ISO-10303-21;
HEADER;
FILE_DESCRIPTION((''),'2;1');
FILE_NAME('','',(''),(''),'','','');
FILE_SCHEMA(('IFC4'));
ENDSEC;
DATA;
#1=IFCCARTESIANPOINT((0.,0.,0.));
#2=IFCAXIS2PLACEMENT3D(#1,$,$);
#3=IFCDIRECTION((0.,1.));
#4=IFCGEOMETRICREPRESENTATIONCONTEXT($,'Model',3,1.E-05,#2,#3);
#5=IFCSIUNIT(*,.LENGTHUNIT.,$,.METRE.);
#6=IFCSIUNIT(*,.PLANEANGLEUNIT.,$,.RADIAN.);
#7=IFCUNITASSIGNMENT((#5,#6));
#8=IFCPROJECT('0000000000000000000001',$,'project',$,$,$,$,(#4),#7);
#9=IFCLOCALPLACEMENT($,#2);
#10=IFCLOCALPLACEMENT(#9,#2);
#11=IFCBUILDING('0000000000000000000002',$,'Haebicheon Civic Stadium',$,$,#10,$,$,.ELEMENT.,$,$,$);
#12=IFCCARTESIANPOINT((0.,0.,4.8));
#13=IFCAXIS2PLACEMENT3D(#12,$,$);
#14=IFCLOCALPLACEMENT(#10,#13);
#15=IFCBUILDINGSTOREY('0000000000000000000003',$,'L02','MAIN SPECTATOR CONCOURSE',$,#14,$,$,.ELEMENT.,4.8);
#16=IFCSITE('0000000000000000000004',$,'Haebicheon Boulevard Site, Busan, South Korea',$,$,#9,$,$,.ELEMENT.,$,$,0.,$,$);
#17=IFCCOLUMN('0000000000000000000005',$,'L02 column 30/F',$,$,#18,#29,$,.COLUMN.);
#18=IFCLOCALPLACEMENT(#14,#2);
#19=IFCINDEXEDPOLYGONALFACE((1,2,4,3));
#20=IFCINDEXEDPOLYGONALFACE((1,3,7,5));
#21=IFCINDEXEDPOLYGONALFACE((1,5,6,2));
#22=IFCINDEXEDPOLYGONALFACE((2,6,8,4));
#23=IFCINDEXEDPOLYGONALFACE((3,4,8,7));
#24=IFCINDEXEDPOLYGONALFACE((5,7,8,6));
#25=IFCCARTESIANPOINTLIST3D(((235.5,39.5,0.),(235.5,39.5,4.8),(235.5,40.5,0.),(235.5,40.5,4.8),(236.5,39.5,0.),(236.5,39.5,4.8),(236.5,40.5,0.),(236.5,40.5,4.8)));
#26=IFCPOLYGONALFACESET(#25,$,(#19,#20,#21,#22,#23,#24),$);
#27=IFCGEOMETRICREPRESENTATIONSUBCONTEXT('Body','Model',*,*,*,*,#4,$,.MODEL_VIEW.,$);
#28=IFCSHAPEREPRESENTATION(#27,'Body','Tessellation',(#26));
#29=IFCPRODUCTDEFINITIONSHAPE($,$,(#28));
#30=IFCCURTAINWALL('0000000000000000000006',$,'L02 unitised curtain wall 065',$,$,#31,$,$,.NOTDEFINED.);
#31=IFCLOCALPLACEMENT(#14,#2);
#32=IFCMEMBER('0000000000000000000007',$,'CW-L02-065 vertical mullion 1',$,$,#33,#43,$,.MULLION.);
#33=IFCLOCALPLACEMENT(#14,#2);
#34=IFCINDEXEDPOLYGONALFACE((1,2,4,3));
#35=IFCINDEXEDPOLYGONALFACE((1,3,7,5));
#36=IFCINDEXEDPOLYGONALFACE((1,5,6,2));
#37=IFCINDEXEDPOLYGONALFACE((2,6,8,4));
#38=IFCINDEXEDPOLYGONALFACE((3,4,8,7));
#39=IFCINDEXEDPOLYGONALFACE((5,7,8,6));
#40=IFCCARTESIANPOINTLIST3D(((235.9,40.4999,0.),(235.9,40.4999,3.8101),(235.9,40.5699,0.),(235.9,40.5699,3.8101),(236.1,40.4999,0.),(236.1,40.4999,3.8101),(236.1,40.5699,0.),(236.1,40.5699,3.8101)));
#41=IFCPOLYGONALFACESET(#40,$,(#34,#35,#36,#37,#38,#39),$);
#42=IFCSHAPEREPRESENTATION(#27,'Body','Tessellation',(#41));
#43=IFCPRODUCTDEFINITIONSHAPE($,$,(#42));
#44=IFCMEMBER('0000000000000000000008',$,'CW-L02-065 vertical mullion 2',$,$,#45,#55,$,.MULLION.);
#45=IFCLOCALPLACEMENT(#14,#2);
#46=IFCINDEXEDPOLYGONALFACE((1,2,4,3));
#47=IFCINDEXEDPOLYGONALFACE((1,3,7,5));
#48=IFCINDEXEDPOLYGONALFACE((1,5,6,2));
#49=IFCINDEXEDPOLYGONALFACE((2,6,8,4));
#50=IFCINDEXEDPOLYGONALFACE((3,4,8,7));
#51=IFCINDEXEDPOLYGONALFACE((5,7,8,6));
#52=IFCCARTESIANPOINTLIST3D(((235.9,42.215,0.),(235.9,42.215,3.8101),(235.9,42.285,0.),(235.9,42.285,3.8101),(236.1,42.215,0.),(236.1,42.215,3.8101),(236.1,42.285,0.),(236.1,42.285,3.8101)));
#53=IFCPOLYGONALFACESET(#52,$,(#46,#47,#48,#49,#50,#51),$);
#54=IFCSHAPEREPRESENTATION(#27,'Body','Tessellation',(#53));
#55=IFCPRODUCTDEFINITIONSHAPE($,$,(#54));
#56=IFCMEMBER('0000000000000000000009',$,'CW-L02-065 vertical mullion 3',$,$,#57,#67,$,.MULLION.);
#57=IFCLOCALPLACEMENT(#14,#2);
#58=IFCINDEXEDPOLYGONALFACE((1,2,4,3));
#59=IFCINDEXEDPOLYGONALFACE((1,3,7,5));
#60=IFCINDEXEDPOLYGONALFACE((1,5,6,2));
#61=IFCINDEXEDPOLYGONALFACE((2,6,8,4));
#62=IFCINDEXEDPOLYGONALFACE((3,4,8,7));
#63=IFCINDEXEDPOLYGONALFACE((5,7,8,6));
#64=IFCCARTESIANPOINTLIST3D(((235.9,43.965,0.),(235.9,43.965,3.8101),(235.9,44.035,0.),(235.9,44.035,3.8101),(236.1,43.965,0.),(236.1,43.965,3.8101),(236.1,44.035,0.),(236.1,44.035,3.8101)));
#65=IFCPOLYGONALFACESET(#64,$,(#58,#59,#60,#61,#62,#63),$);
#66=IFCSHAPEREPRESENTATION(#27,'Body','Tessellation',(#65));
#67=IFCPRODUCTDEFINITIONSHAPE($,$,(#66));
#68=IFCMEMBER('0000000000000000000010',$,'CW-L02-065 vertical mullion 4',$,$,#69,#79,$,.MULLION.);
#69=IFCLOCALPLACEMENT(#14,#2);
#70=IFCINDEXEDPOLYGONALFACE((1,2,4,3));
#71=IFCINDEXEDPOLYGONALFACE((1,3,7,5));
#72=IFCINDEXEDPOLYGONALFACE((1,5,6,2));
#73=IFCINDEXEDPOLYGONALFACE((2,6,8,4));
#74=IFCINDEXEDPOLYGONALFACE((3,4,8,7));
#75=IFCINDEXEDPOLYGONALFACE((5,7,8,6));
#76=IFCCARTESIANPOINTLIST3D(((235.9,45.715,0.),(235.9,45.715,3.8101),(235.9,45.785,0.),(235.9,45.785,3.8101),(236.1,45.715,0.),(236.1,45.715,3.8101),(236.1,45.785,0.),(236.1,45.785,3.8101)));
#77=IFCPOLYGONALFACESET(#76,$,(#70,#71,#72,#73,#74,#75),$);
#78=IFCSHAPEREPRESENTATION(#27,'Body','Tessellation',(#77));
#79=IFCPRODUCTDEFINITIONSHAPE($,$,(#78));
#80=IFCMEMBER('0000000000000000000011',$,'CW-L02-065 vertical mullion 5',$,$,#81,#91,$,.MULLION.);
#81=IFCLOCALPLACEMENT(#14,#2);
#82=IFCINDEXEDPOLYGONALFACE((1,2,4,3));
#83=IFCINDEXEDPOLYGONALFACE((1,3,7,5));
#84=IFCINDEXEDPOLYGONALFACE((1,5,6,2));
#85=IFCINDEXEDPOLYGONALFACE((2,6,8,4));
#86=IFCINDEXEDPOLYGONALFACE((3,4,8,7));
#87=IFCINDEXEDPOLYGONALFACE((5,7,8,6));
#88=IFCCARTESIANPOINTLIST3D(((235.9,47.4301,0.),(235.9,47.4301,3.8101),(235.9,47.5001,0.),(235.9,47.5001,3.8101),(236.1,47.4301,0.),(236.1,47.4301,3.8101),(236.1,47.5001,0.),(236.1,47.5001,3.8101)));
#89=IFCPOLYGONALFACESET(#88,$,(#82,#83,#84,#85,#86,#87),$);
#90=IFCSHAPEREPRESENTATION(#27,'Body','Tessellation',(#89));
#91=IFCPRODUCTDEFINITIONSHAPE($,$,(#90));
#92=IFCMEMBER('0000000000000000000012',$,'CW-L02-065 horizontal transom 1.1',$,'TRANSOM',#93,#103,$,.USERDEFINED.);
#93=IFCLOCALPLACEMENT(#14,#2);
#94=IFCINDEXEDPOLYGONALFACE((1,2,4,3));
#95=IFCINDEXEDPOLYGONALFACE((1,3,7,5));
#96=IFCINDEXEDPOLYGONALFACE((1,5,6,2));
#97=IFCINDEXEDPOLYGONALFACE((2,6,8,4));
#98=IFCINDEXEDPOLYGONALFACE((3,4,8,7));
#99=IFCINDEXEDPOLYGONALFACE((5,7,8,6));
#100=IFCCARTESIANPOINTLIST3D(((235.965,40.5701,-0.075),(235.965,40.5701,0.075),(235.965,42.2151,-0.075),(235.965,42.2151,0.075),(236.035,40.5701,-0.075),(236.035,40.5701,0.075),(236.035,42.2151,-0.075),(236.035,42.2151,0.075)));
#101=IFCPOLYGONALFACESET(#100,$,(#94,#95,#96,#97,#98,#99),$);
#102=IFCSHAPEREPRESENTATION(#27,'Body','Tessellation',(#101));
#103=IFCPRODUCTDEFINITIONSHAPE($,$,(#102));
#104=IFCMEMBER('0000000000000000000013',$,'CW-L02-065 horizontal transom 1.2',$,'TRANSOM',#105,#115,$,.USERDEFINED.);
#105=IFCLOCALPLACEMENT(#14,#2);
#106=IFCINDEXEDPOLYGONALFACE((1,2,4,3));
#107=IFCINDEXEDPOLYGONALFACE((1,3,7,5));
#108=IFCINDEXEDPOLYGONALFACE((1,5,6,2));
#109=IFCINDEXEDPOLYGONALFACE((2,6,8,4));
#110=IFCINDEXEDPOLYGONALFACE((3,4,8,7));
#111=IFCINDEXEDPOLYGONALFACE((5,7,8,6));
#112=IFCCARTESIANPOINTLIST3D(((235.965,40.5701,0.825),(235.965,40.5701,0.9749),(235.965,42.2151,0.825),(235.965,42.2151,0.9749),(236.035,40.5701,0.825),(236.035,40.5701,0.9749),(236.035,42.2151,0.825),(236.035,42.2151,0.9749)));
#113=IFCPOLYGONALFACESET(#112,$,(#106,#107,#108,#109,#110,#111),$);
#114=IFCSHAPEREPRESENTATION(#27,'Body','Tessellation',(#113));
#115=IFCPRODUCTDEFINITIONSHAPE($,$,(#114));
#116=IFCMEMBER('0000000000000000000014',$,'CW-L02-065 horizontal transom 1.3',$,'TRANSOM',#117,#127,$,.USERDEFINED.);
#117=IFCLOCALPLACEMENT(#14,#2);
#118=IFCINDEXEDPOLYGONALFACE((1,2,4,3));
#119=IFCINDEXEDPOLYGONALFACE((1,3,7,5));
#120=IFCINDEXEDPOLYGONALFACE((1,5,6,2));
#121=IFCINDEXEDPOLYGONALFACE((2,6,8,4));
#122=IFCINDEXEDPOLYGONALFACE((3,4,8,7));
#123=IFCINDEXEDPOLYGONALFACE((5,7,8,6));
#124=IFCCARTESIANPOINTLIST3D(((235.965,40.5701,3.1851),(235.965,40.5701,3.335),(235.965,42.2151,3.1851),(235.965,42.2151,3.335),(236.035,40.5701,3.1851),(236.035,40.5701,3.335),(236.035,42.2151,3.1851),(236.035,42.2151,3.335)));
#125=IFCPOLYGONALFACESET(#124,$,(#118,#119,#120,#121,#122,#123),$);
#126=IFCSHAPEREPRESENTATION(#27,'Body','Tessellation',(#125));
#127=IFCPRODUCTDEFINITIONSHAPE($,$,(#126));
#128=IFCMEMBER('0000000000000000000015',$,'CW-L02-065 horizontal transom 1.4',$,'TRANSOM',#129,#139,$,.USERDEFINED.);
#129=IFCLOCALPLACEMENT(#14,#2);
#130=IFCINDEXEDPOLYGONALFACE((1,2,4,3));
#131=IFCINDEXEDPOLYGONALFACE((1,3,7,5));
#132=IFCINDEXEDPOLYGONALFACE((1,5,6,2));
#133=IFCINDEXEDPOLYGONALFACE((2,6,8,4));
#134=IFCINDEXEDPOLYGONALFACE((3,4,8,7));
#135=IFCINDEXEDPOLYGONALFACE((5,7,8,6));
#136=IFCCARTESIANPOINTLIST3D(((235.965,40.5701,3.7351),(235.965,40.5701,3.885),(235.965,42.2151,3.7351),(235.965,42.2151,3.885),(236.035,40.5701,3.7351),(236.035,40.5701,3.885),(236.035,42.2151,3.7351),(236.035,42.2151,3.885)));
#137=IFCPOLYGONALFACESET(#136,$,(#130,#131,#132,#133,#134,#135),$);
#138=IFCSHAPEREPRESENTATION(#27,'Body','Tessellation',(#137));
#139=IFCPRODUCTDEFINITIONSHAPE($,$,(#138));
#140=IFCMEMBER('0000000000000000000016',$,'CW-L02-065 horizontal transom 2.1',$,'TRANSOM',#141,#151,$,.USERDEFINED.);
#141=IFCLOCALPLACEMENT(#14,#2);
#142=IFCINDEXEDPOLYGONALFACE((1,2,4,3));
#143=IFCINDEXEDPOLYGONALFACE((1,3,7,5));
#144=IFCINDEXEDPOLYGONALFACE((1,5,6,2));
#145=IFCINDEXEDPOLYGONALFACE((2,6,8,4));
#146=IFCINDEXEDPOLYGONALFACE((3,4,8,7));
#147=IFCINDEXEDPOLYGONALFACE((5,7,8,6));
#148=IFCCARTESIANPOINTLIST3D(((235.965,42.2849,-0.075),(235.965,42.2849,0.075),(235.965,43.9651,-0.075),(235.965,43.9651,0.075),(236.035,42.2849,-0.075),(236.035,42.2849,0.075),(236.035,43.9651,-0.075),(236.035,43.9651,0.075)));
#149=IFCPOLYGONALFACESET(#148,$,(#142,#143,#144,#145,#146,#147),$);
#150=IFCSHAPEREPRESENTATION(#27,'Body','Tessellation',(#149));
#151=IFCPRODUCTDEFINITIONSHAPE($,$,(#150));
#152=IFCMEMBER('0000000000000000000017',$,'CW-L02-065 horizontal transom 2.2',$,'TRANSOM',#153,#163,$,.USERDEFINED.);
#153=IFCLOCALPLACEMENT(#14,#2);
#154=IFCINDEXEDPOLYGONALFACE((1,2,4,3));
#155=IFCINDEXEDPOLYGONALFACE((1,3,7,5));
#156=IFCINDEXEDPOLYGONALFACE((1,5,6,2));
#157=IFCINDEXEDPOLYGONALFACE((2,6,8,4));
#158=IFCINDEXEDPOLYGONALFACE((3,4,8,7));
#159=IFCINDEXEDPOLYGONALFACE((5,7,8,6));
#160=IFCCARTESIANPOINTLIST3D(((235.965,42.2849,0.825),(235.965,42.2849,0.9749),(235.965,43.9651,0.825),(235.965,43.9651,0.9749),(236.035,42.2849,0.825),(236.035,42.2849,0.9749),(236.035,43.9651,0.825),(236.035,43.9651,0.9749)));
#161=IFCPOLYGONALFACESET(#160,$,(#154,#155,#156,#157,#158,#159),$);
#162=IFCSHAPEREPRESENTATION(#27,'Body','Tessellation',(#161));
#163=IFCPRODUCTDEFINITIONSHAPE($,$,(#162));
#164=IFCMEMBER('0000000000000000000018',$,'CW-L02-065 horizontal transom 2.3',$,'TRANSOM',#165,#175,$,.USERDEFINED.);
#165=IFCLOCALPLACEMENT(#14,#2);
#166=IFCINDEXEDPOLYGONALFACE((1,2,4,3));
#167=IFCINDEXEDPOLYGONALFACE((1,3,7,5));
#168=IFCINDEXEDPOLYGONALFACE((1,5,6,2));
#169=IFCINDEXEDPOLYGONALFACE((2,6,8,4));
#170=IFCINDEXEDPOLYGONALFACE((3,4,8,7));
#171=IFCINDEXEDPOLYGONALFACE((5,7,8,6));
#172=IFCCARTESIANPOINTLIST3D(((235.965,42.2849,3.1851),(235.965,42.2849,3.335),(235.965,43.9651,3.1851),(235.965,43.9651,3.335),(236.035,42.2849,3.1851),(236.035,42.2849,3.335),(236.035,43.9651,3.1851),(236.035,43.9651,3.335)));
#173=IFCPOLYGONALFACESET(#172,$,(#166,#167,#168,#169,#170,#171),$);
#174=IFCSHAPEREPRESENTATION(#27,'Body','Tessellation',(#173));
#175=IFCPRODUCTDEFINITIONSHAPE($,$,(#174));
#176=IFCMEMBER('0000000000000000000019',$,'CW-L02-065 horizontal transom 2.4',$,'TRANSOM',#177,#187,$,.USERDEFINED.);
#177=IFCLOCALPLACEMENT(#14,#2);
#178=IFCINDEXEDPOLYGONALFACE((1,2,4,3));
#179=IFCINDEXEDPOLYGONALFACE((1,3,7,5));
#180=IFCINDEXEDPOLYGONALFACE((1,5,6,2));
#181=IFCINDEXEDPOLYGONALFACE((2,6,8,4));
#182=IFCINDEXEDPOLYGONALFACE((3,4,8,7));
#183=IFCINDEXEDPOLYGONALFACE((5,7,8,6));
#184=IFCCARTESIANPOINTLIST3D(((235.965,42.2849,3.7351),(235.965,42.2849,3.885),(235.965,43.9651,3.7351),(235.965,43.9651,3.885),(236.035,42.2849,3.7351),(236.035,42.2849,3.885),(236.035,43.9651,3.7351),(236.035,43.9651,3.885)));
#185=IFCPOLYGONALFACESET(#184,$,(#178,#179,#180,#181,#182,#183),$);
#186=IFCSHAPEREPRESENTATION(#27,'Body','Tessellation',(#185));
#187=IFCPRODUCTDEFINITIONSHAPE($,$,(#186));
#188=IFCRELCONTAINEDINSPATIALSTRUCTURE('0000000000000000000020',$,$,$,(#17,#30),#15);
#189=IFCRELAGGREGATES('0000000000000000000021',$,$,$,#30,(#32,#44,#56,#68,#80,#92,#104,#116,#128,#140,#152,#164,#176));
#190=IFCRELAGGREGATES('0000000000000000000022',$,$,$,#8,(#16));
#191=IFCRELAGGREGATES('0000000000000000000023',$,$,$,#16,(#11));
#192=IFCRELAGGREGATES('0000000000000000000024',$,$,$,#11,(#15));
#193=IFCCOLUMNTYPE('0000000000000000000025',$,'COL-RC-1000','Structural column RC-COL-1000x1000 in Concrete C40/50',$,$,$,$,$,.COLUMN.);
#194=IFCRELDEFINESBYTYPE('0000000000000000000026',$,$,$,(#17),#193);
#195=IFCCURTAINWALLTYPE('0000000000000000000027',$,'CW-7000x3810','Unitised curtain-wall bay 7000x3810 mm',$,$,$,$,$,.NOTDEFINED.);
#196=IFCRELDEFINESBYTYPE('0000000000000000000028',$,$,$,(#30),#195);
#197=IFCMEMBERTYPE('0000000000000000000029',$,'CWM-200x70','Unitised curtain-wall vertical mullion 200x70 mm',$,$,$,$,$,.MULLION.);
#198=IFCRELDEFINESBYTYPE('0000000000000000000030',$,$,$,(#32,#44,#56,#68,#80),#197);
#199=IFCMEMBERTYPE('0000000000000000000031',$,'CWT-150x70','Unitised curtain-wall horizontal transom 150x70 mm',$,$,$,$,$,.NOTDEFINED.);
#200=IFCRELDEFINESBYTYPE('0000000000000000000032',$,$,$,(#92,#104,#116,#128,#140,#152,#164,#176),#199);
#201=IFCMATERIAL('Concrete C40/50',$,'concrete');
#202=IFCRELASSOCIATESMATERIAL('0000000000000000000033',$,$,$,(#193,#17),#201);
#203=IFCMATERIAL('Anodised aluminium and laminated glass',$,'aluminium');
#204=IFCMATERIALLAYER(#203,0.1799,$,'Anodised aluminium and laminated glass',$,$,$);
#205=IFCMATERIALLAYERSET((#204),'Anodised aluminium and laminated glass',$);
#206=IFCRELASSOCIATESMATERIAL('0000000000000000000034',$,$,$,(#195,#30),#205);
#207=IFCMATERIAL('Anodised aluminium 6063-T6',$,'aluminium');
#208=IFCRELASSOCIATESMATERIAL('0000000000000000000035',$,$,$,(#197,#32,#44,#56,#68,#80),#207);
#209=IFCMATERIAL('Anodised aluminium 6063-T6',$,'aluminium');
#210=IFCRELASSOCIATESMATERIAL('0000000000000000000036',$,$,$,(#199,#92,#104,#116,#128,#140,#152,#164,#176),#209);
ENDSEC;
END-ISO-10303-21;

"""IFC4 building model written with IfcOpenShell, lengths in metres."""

from ifc_helpers import new_model, si_unit, direction, frame, origin, origin_2d, place, context, subcontext, project, spatial, rectangle, extrude, material, layer, layer_set, material_profile, profile_set, type_object, element, aggregate, save


model = new_model("IFC4")

# Units and contexts
model_context = context("Model", 3, precision=1e-05, world=origin(), true_north=direction((0.0, 1.0)))
body_context = subcontext(model_context, "Body", "Model", "MODEL_VIEW")
ifc_project = project(units=[si_unit("LENGTHUNIT", "METRE"), si_unit("PLANEANGLEUNIT", "RADIAN")], contexts=[model_context])

# Site, building, storey
site_placement = place(None, origin())
site = spatial("IfcSite", under=ifc_project, at=site_placement, Name="Haebicheon Boulevard Site, Busan, South Korea", CompositionType="ELEMENT", RefElevation=0.0)
building_placement = place(site_placement, origin())
building = spatial("IfcBuilding", under=site, at=building_placement, Name="Haebicheon Civic Stadium", CompositionType="ELEMENT")
storey_placement = place(building_placement, frame((0.0, 0.0, 4.8)))
storey = spatial("IfcBuildingStorey", under=building, at=storey_placement, Name="L02", Description="MAIN SPECTATOR CONCOURSE", CompositionType="ELEMENT", Elevation=4.8)

# Column
ifc_material_1 = material(Name="Concrete C40/50", Category="concrete")
ifc_material_profile_1 = material_profile(ifc_material_1, rectangle(XDim=1.0, YDim=1.0, at=origin_2d()), Name="RC-COL-1000x1000")
ifc_profile_set_1 = profile_set([ifc_material_profile_1], Name="Concrete C40/50")
column_type = type_object("IfcColumnType", Name="COL-RC-1000", Description="Structural column RC-COL-1000x1000 in Concrete C40/50", PredefinedType="COLUMN", material=ifc_profile_set_1)
column_placement = place(storey_placement, frame((236.0, 40.0, 0.0), z_axis=(0.0, 0.0, 1.0), x_axis=(1.0, 0.0, 0.0)))
element("IfcColumn", 1, at=column_placement, inside=storey, type_object=column_type, material=ifc_profile_set_1, Name="L02 column 30/F", PredefinedType="COLUMN", context=body_context, shape_type="SweptSolid", body=[
    extrude(rectangle(XDim=1.0, YDim=1.0, at=origin_2d()), origin(), (0.0, 0.0, 1.0), 4.8),
])

# Curtain wall, members
ifc_material_2 = material(Name="Anodised aluminium and laminated glass", Category="aluminium")
ifc_layer_1 = layer(ifc_material_2, 0.1799, Name="Anodised aluminium and laminated glass")
ifc_layer_set_1 = layer_set([ifc_layer_1], Name="Anodised aluminium and laminated glass")
curtain_wall_type = type_object("IfcCurtainWallType", Name="CW-7000x3810", Description="Unitised curtain-wall bay 7000x3810 mm", PredefinedType="NOTDEFINED", material=ifc_layer_set_1)
curtain_wall_placement = place(storey_placement, origin())
curtain_wall = element("IfcCurtainWall", 2, at=curtain_wall_placement, inside=storey, type_object=curtain_wall_type, material=ifc_layer_set_1, Name="L02 unitised curtain wall 065", PredefinedType="NOTDEFINED")
ifc_material_3 = material(Name="Anodised aluminium 6063-T6", Category="aluminium")
ifc_material_profile_2 = material_profile(ifc_material_3, rectangle(XDim=0.0701, YDim=0.2, at=origin_2d()), Name="ALU-MULL-70x200")
ifc_profile_set_2 = profile_set([ifc_material_profile_2], Name="Anodised aluminium 6063-T6")
member_type_1 = type_object("IfcMemberType", Name="CWM-200x70", Description="Unitised curtain-wall vertical mullion 200x70 mm", PredefinedType="MULLION", material=ifc_profile_set_2)
member_1_placement = place(storey_placement, frame((236.0, 40.5349, 0.0), z_axis=(0.0, 0.0, 1.0), x_axis=(0.0, 1.0, 0.0)))
member_1 = element("IfcMember", 3, at=member_1_placement, type_object=member_type_1, material=ifc_profile_set_2, Name="CW-L02-065 vertical mullion 1", PredefinedType="MULLION", context=body_context, shape_type="SweptSolid", body=[
    extrude(rectangle(XDim=0.0701, YDim=0.2, at=origin_2d()), origin(), (0.0, 0.0, 1.0), 3.8101),
])
member_2_placement = place(storey_placement, frame((236.0, 42.25, 0.0), z_axis=(0.0, 0.0, 1.0), x_axis=(0.0, 1.0, 0.0)))
member_2 = element("IfcMember", 4, at=member_2_placement, type_object=member_type_1, material=ifc_profile_set_2, Name="CW-L02-065 vertical mullion 2", PredefinedType="MULLION", context=body_context, shape_type="SweptSolid", body=[
    extrude(rectangle(XDim=0.0701, YDim=0.2, at=origin_2d()), origin(), (0.0, 0.0, 1.0), 3.8101),
])
member_3_placement = place(storey_placement, frame((236.0, 44.0, 0.0), z_axis=(0.0, 0.0, 1.0), x_axis=(0.0, 1.0, 0.0)))
member_3 = element("IfcMember", 5, at=member_3_placement, type_object=member_type_1, material=ifc_profile_set_2, Name="CW-L02-065 vertical mullion 3", PredefinedType="MULLION", context=body_context, shape_type="SweptSolid", body=[
    extrude(rectangle(XDim=0.0701, YDim=0.2, at=origin_2d()), origin(), (0.0, 0.0, 1.0), 3.8101),
])
member_4_placement = place(storey_placement, frame((236.0, 45.75, 0.0), z_axis=(0.0, 0.0, 1.0), x_axis=(0.0, 1.0, 0.0)))
member_4 = element("IfcMember", 6, at=member_4_placement, type_object=member_type_1, material=ifc_profile_set_2, Name="CW-L02-065 vertical mullion 4", PredefinedType="MULLION", context=body_context, shape_type="SweptSolid", body=[
    extrude(rectangle(XDim=0.0701, YDim=0.2, at=origin_2d()), origin(), (0.0, 0.0, 1.0), 3.8101),
])
member_5_placement = place(storey_placement, frame((236.0, 47.4651, 0.0), z_axis=(0.0, 0.0, 1.0), x_axis=(0.0, 1.0, 0.0)))
member_5 = element("IfcMember", 7, at=member_5_placement, type_object=member_type_1, material=ifc_profile_set_2, Name="CW-L02-065 vertical mullion 5", PredefinedType="MULLION", context=body_context, shape_type="SweptSolid", body=[
    extrude(rectangle(XDim=0.0701, YDim=0.2, at=origin_2d()), origin(), (0.0, 0.0, 1.0), 3.8101),
])
ifc_material_4 = material(Name="Anodised aluminium 6063-T6", Category="aluminium")
ifc_material_profile_3 = material_profile(ifc_material_4, rectangle(XDim=0.0701, YDim=0.1499, at=origin_2d()), Name="ALU-TRAN-70x150")
ifc_profile_set_3 = profile_set([ifc_material_profile_3], Name="Anodised aluminium 6063-T6")
member_type_2 = type_object("IfcMemberType", Name="CWT-150x70", Description="Unitised curtain-wall horizontal transom 150x70 mm", PredefinedType="NOTDEFINED", material=ifc_profile_set_3)
member_6_placement = place(storey_placement, frame((236.0, 40.5701, 0.0), z_axis=(0.0, 1.0, 0.0), x_axis=(-1.0, 0.0, 0.0)))
member_6 = element("IfcMember", 8, at=member_6_placement, type_object=member_type_2, material=ifc_profile_set_3, Name="CW-L02-065 horizontal transom 1.1", ObjectType="TRANSOM", PredefinedType="USERDEFINED", context=body_context, shape_type="SweptSolid", body=[
    extrude(rectangle(XDim=0.0701, YDim=0.1499, at=origin_2d()), origin(), (0.0, 0.0, 1.0), 1.645),
])
member_7_placement = place(storey_placement, frame((236.0, 40.5701, 0.8999), z_axis=(0.0, 1.0, 0.0), x_axis=(-1.0, 0.0, 0.0)))
member_7 = element("IfcMember", 9, at=member_7_placement, type_object=member_type_2, material=ifc_profile_set_3, Name="CW-L02-065 horizontal transom 1.2", ObjectType="TRANSOM", PredefinedType="USERDEFINED", context=body_context, shape_type="SweptSolid", body=[
    extrude(rectangle(XDim=0.0701, YDim=0.1499, at=origin_2d()), origin(), (0.0, 0.0, 1.0), 1.645),
])
member_8_placement = place(storey_placement, frame((236.0, 40.5701, 3.26), z_axis=(0.0, 1.0, 0.0), x_axis=(-1.0, 0.0, 0.0)))
member_8 = element("IfcMember", 10, at=member_8_placement, type_object=member_type_2, material=ifc_profile_set_3, Name="CW-L02-065 horizontal transom 1.3", ObjectType="TRANSOM", PredefinedType="USERDEFINED", context=body_context, shape_type="SweptSolid", body=[
    extrude(rectangle(XDim=0.0701, YDim=0.1499, at=origin_2d()), origin(), (0.0, 0.0, 1.0), 1.645),
])
member_9_placement = place(storey_placement, frame((236.0, 40.5701, 3.8101), z_axis=(0.0, 1.0, 0.0), x_axis=(-1.0, 0.0, 0.0)))
member_9 = element("IfcMember", 11, at=member_9_placement, type_object=member_type_2, material=ifc_profile_set_3, Name="CW-L02-065 horizontal transom 1.4", ObjectType="TRANSOM", PredefinedType="USERDEFINED", context=body_context, shape_type="SweptSolid", body=[
    extrude(rectangle(XDim=0.0701, YDim=0.1499, at=origin_2d()), origin(), (0.0, 0.0, 1.0), 1.645),
])
member_10_placement = place(storey_placement, frame((236.0, 42.2849, 0.0), z_axis=(0.0, 1.0, 0.0), x_axis=(-1.0, 0.0, 0.0)))
member_10 = element("IfcMember", 12, at=member_10_placement, type_object=member_type_2, material=ifc_profile_set_3, Name="CW-L02-065 horizontal transom 2.1", ObjectType="TRANSOM", PredefinedType="USERDEFINED", context=body_context, shape_type="SweptSolid", body=[
    extrude(rectangle(XDim=0.0701, YDim=0.1499, at=origin_2d()), origin(), (0.0, 0.0, 1.0), 1.6802),
])
member_11_placement = place(storey_placement, frame((236.0, 42.2849, 0.8999), z_axis=(0.0, 1.0, 0.0), x_axis=(-1.0, 0.0, 0.0)))
member_11 = element("IfcMember", 13, at=member_11_placement, type_object=member_type_2, material=ifc_profile_set_3, Name="CW-L02-065 horizontal transom 2.2", ObjectType="TRANSOM", PredefinedType="USERDEFINED", context=body_context, shape_type="SweptSolid", body=[
    extrude(rectangle(XDim=0.0701, YDim=0.1499, at=origin_2d()), origin(), (0.0, 0.0, 1.0), 1.6802),
])
member_12_placement = place(storey_placement, frame((236.0, 42.2849, 3.26), z_axis=(0.0, 1.0, 0.0), x_axis=(-1.0, 0.0, 0.0)))
member_12 = element("IfcMember", 14, at=member_12_placement, type_object=member_type_2, material=ifc_profile_set_3, Name="CW-L02-065 horizontal transom 2.3", ObjectType="TRANSOM", PredefinedType="USERDEFINED", context=body_context, shape_type="SweptSolid", body=[
    extrude(rectangle(XDim=0.0701, YDim=0.1499, at=origin_2d()), origin(), (0.0, 0.0, 1.0), 1.6802),
])
member_13_placement = place(storey_placement, frame((236.0, 42.2849, 3.8101), z_axis=(0.0, 1.0, 0.0), x_axis=(-1.0, 0.0, 0.0)))
member_13 = element("IfcMember", 15, at=member_13_placement, type_object=member_type_2, material=ifc_profile_set_3, Name="CW-L02-065 horizontal transom 2.4", ObjectType="TRANSOM", PredefinedType="USERDEFINED", context=body_context, shape_type="SweptSolid", body=[
    extrude(rectangle(XDim=0.0701, YDim=0.1499, at=origin_2d()), origin(), (0.0, 0.0, 1.0), 1.6802),
])

aggregate(curtain_wall, [member_1, member_2, member_3, member_4, member_5, member_6, member_7, member_8, member_9, member_10, member_11, member_12, member_13])

save(model, "model.ifc")
